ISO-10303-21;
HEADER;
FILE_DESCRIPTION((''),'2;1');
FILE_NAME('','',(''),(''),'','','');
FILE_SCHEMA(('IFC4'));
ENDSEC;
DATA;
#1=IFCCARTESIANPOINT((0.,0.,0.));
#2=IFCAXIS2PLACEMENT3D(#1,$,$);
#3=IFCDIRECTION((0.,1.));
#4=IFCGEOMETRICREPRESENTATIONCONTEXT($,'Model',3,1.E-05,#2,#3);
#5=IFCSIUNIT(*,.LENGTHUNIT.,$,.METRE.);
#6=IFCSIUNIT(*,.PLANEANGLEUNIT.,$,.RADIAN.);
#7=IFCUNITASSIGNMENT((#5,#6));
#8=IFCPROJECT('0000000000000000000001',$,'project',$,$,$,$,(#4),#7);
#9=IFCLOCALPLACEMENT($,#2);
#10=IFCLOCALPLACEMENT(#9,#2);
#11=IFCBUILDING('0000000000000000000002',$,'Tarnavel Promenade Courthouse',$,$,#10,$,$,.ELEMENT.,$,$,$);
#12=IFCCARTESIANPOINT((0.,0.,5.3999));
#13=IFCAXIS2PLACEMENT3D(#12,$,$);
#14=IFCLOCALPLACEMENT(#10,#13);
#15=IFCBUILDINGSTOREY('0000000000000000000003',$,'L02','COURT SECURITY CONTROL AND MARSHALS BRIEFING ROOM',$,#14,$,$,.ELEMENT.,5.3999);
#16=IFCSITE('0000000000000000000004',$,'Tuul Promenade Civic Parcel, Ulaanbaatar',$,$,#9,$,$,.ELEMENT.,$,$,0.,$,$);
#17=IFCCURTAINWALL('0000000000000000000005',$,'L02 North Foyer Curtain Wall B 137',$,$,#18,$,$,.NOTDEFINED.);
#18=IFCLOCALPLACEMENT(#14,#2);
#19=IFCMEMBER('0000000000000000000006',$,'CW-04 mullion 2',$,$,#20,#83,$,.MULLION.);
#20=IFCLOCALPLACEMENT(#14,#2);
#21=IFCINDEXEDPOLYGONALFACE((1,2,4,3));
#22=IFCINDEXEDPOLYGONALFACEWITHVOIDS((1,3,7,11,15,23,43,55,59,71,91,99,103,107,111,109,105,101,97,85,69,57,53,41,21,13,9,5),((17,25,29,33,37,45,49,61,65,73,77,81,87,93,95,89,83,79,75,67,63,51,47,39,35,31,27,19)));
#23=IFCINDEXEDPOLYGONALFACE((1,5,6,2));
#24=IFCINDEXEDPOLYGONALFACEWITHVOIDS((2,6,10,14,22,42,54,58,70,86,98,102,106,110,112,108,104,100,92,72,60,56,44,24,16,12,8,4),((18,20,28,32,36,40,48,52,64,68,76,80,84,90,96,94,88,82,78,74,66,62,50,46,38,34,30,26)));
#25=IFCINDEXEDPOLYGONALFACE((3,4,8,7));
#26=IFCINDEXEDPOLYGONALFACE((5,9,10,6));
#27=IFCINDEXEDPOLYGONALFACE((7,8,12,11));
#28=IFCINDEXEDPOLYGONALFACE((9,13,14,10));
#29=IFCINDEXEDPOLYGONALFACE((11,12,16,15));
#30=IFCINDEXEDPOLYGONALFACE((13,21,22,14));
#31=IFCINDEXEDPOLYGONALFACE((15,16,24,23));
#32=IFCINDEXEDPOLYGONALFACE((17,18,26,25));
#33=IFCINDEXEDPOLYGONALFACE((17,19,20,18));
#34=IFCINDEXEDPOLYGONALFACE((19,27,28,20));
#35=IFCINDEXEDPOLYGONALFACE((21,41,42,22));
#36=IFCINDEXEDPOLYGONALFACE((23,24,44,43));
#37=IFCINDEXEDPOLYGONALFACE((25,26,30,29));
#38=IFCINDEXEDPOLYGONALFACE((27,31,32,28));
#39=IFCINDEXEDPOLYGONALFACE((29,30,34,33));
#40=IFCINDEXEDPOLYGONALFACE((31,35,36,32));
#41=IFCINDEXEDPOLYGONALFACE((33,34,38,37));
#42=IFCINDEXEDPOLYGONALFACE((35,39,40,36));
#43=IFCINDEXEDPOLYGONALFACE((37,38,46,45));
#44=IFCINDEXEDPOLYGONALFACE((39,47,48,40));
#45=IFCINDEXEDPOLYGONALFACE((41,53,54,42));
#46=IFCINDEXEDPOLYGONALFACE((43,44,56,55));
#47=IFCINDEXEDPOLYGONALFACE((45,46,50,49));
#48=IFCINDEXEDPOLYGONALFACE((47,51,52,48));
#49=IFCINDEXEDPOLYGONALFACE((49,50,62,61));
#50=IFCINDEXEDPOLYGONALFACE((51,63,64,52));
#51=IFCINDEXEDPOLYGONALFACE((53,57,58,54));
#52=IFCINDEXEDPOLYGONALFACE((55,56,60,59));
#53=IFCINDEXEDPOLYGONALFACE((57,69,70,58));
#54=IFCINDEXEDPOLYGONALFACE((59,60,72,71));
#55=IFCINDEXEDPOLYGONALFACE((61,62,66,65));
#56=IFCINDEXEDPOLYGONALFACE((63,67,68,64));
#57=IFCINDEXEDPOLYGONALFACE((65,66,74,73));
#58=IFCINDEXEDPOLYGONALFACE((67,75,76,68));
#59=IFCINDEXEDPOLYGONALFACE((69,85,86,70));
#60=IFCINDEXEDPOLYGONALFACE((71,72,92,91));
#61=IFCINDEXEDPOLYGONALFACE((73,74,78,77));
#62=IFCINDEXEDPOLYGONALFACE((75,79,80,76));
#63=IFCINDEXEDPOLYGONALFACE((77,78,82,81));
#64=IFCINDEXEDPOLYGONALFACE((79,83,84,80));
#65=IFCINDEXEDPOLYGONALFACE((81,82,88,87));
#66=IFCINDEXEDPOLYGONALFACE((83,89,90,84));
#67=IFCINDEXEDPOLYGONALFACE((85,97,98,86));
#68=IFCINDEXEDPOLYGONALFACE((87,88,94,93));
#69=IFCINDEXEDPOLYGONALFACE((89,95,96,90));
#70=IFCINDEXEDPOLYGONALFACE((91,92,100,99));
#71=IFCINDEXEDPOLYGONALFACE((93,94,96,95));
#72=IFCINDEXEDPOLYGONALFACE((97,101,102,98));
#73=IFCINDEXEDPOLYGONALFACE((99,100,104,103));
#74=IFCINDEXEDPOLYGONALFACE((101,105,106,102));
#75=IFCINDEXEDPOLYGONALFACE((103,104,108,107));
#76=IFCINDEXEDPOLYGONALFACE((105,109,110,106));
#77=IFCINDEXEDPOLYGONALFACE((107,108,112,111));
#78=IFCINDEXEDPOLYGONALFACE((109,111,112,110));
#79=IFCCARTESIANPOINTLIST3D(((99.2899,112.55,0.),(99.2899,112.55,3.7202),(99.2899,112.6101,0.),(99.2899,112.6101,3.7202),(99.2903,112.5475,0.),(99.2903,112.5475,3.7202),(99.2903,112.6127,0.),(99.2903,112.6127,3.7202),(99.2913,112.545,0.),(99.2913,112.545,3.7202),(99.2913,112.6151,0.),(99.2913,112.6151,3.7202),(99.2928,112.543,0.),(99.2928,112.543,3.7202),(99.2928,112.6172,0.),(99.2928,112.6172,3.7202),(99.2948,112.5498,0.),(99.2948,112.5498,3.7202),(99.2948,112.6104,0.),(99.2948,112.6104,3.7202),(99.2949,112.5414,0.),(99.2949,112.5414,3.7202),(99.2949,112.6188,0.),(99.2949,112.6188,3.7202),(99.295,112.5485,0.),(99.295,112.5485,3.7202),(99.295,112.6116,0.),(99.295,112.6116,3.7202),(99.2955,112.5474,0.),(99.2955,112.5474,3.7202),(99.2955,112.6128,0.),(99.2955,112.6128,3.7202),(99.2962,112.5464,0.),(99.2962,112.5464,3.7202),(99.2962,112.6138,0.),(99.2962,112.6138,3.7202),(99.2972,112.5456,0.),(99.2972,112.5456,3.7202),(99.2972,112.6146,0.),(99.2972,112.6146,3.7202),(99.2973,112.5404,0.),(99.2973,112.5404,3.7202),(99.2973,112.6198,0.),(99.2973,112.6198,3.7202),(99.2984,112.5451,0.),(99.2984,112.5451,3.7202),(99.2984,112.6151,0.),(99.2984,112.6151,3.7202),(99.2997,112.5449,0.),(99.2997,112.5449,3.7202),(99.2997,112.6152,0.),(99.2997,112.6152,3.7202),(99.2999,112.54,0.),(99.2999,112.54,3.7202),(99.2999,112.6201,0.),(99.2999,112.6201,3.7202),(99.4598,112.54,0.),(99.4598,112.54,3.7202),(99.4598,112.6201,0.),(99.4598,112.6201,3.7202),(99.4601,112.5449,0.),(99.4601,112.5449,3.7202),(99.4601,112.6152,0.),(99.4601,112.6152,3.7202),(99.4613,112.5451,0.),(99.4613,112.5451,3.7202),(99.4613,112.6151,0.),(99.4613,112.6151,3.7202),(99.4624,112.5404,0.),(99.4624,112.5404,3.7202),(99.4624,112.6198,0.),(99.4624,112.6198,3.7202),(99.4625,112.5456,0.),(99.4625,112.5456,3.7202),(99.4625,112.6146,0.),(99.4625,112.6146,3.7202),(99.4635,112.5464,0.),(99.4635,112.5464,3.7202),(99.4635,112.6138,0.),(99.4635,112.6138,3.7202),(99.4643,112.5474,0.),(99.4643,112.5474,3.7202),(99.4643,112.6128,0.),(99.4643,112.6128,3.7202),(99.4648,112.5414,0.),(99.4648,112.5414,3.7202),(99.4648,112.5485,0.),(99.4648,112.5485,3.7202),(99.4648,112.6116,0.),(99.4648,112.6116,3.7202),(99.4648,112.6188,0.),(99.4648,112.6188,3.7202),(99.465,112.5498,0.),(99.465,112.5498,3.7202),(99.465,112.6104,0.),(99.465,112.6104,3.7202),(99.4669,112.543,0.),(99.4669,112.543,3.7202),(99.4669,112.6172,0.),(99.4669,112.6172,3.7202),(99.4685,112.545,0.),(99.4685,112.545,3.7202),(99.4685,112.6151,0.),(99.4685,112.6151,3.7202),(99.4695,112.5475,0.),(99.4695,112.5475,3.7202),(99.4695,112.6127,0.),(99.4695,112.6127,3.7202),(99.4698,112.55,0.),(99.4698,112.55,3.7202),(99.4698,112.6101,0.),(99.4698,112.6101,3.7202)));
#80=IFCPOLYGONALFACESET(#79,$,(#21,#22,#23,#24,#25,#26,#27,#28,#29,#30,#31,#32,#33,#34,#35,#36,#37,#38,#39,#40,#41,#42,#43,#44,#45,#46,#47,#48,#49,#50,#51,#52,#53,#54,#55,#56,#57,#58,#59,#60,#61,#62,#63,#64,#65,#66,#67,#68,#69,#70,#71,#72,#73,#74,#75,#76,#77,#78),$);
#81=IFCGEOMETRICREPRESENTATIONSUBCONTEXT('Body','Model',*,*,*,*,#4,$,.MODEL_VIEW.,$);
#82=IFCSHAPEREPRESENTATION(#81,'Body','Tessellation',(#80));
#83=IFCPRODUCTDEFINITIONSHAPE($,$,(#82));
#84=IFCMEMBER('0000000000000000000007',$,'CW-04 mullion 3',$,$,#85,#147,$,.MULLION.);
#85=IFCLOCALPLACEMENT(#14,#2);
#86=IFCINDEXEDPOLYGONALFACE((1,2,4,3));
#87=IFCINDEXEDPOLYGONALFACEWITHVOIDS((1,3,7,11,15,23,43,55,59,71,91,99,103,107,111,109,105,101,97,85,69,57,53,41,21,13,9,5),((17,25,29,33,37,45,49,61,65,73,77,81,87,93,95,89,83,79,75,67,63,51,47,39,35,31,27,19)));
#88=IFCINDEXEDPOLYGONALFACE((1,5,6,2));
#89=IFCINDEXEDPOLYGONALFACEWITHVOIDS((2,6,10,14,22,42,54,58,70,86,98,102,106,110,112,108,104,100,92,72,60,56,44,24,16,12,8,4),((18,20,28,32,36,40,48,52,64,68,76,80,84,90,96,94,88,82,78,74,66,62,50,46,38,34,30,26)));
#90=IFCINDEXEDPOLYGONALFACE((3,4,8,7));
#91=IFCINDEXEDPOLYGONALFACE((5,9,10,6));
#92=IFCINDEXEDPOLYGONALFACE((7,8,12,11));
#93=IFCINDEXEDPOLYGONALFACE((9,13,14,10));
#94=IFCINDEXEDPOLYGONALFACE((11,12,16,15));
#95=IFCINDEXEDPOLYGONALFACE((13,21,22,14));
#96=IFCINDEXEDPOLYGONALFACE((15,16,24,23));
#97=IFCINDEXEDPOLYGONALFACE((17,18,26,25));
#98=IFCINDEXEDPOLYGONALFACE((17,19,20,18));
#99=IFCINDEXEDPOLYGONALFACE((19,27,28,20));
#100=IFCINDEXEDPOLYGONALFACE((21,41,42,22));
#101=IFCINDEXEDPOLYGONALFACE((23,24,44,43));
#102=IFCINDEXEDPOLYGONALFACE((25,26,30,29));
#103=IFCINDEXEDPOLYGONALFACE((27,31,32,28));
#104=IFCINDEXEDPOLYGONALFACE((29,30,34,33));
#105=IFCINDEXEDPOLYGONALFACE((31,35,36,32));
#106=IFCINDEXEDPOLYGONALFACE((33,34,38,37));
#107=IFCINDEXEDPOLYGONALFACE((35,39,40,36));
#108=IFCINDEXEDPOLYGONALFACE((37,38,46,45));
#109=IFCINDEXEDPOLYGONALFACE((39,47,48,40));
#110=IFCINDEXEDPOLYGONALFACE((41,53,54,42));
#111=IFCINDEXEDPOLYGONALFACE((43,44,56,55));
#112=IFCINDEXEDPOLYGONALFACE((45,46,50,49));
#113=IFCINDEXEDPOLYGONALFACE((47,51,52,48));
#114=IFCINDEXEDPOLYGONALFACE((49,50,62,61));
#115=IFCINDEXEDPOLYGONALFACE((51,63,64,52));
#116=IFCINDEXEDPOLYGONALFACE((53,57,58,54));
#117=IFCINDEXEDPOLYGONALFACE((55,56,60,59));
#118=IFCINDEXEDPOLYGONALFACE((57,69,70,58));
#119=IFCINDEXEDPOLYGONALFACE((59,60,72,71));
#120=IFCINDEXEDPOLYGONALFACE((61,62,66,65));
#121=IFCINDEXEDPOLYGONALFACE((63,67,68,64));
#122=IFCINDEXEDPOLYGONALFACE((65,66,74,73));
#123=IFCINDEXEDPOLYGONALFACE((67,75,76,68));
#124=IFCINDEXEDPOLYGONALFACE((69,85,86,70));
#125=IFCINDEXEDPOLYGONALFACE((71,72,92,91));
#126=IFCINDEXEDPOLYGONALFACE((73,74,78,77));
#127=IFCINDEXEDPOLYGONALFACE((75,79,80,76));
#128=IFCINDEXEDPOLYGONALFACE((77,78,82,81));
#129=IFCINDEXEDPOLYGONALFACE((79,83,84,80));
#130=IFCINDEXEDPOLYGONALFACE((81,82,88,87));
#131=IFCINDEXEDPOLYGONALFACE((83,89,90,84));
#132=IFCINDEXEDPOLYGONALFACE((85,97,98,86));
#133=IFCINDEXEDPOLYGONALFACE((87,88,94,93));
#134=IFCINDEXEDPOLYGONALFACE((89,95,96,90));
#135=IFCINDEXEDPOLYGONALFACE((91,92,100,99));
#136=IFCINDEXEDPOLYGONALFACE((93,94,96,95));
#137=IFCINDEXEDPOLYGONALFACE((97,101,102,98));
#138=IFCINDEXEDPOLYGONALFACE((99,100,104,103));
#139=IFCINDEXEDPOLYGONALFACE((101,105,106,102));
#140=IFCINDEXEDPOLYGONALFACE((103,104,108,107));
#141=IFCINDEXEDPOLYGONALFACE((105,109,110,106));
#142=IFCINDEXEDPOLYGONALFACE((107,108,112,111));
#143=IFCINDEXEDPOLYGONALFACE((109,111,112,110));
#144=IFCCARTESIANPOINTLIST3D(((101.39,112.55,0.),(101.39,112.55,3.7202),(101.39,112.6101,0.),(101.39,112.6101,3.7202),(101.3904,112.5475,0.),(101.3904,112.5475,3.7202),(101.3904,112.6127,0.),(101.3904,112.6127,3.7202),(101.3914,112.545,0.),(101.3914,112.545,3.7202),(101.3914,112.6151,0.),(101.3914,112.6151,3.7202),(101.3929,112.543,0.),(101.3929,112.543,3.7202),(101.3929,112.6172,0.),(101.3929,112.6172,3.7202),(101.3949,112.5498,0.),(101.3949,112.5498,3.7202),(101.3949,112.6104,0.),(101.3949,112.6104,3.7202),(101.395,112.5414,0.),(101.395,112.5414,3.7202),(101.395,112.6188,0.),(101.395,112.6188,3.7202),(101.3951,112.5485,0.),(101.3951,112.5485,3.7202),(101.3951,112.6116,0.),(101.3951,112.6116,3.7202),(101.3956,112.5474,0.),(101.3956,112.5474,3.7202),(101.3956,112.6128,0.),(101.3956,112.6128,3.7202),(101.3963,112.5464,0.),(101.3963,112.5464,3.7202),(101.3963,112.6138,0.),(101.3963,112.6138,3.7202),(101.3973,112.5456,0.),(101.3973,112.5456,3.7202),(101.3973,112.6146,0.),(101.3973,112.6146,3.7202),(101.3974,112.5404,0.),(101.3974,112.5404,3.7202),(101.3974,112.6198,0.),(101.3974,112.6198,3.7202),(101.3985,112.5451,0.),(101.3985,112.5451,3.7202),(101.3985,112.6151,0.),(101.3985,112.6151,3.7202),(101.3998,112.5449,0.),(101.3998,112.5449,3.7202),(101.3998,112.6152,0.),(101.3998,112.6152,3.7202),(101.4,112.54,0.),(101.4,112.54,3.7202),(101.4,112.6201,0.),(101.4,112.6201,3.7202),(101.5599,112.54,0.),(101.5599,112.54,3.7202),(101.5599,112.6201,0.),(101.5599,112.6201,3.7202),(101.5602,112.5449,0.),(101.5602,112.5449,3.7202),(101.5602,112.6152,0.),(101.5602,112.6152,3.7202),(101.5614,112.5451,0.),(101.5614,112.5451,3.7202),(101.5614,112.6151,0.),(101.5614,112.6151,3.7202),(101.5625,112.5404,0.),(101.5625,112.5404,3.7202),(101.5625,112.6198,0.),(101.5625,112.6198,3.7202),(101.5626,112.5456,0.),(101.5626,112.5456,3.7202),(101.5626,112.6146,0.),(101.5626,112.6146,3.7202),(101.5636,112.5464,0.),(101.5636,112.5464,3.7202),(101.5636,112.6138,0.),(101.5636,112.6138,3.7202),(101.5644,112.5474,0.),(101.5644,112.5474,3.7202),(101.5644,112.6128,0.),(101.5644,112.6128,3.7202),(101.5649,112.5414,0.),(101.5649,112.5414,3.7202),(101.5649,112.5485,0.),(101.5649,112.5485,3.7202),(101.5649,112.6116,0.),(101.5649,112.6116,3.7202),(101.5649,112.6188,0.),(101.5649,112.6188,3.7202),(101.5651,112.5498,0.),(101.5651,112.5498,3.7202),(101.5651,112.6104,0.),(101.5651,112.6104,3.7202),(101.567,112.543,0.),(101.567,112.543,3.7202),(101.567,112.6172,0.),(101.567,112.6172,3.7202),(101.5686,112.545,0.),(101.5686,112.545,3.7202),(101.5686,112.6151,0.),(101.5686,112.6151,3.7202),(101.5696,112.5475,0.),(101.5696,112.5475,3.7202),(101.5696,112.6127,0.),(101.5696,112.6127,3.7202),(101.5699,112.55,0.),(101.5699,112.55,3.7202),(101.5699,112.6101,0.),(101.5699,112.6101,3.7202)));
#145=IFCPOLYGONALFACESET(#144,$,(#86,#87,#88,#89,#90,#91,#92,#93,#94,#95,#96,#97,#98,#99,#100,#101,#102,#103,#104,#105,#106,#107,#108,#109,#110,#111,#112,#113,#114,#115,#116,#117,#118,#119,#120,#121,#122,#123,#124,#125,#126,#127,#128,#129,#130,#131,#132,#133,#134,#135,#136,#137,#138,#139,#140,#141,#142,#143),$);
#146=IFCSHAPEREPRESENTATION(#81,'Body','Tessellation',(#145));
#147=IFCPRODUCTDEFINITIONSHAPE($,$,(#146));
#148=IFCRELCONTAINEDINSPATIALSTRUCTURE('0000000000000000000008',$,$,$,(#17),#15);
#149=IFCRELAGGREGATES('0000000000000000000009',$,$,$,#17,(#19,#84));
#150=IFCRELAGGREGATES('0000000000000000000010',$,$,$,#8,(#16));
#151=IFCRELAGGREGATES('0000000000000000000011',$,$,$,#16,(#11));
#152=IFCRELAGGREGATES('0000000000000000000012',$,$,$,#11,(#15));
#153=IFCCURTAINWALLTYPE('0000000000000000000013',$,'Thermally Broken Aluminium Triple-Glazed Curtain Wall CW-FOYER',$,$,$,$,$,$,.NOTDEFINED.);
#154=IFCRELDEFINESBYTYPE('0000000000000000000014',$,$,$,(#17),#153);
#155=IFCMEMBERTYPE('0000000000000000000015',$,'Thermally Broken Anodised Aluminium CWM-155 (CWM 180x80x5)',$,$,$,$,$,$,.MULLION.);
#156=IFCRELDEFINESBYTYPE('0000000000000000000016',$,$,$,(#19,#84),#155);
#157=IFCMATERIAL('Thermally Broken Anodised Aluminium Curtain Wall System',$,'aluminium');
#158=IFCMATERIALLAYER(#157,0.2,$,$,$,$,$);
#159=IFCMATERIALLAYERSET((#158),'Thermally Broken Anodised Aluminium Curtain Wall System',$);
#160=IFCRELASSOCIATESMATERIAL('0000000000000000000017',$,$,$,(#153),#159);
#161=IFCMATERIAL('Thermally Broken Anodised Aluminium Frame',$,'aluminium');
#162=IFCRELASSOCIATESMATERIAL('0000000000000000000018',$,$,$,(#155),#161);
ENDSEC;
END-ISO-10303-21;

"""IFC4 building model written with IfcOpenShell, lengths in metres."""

from ifc_helpers import new_model, si_unit, direction, frame, origin, origin_2d, place, context, subcontext, project, spatial, hollow_rectangle, extrude, material, layer, layer_set, material_profile, profile_set, type_object, element, aggregate, save


model = new_model("IFC4")

# Units and contexts
model_context = context("Model", 3, precision=1e-05, world=origin(), true_north=direction((0.0, 1.0)))
body_context = subcontext(model_context, "Body", "Model", "MODEL_VIEW")
ifc_project = project(units=[si_unit("LENGTHUNIT", "METRE"), si_unit("PLANEANGLEUNIT", "RADIAN")], contexts=[model_context])

# Site, building, storey
site_placement = place(None, origin())
site = spatial("IfcSite", under=ifc_project, at=site_placement, Name="Tuul Promenade Civic Parcel, Ulaanbaatar", CompositionType="ELEMENT", RefElevation=0.0)
building_placement = place(site_placement, origin())
building = spatial("IfcBuilding", under=site, at=building_placement, Name="Tarnavel Promenade Courthouse", CompositionType="ELEMENT")
storey_placement = place(building_placement, frame((0.0, 0.0, 5.3999)))
storey = spatial("IfcBuildingStorey", under=building, at=storey_placement, Name="L02", Description="COURT SECURITY CONTROL AND MARSHALS BRIEFING ROOM", CompositionType="ELEMENT", Elevation=5.3999)

# Shared definitions
ifc_material_1 = material(Name="Thermally Broken Anodised Aluminium Curtain Wall System", Category="aluminium")
ifc_layer_1 = layer(ifc_material_1, 0.2)
ifc_layer_set_1 = layer_set([ifc_layer_1], Name="Thermally Broken Anodised Aluminium Curtain Wall System")
curtain_wall_type = type_object("IfcCurtainWallType", Name="Thermally Broken Aluminium Triple-Glazed Curtain Wall CW-FOYER", PredefinedType="NOTDEFINED", material=ifc_layer_set_1)
ifc_material_2 = material(Name="Thermally Broken Anodised Aluminium Frame", Category="aluminium")
ifc_material_profile_1 = material_profile(ifc_material_2, hollow_rectangle(XDim=0.0801, YDim=0.1799, WallThickness=0.0049, InnerFilletRadius=0.0049, OuterFilletRadius=0.01, at=origin_2d()), Name="CWM 180x80x5")
ifc_profile_set_1 = profile_set([ifc_material_profile_1], Name="Thermally Broken Anodised Aluminium Frame")
member_type_1 = type_object("IfcMemberType", Name="Thermally Broken Anodised Aluminium CWM-155 (CWM 180x80x5)", PredefinedType="MULLION", material=ifc_profile_set_1)

# Curtain wall, members
curtain_wall_1_placement = place(storey_placement, origin())
curtain_wall_1 = element("IfcCurtainWall", 1, at=curtain_wall_1_placement, inside=storey, type_object=curtain_wall_type, Name="L02 North Foyer Curtain Wall B 137", PredefinedType="NOTDEFINED")
member_1_placement = place(storey_placement, frame((99.3799, 112.5801, 0.0), z_axis=(0.0, 0.0, 1.0), x_axis=(0.0, 1.0, 0.0)))
member_1 = element("IfcMember", 2, at=member_1_placement, type_object=member_type_1, Name="CW-04 mullion 2", PredefinedType="MULLION", context=body_context, shape_type="SweptSolid", body=[
    extrude(hollow_rectangle(XDim=0.0801, YDim=0.1799, WallThickness=0.0049, InnerFilletRadius=0.0049, OuterFilletRadius=0.01, at=origin_2d()), origin(), (0.0, 0.0, 1.0), 3.7202),
])
member_2_placement = place(storey_placement, frame((101.48, 112.5801, 0.0), z_axis=(0.0, 0.0, 1.0), x_axis=(0.0, 1.0, 0.0)))
member_2 = element("IfcMember", 3, at=member_2_placement, type_object=member_type_1, Name="CW-04 mullion 3", PredefinedType="MULLION", context=body_context, shape_type="SweptSolid", body=[
    extrude(hollow_rectangle(XDim=0.0801, YDim=0.1799, WallThickness=0.0049, InnerFilletRadius=0.0049, OuterFilletRadius=0.01, at=origin_2d()), origin(), (0.0, 0.0, 1.0), 3.7202),
])
aggregate(curtain_wall_1, [member_1, member_2])

save(model, "model.ifc")
